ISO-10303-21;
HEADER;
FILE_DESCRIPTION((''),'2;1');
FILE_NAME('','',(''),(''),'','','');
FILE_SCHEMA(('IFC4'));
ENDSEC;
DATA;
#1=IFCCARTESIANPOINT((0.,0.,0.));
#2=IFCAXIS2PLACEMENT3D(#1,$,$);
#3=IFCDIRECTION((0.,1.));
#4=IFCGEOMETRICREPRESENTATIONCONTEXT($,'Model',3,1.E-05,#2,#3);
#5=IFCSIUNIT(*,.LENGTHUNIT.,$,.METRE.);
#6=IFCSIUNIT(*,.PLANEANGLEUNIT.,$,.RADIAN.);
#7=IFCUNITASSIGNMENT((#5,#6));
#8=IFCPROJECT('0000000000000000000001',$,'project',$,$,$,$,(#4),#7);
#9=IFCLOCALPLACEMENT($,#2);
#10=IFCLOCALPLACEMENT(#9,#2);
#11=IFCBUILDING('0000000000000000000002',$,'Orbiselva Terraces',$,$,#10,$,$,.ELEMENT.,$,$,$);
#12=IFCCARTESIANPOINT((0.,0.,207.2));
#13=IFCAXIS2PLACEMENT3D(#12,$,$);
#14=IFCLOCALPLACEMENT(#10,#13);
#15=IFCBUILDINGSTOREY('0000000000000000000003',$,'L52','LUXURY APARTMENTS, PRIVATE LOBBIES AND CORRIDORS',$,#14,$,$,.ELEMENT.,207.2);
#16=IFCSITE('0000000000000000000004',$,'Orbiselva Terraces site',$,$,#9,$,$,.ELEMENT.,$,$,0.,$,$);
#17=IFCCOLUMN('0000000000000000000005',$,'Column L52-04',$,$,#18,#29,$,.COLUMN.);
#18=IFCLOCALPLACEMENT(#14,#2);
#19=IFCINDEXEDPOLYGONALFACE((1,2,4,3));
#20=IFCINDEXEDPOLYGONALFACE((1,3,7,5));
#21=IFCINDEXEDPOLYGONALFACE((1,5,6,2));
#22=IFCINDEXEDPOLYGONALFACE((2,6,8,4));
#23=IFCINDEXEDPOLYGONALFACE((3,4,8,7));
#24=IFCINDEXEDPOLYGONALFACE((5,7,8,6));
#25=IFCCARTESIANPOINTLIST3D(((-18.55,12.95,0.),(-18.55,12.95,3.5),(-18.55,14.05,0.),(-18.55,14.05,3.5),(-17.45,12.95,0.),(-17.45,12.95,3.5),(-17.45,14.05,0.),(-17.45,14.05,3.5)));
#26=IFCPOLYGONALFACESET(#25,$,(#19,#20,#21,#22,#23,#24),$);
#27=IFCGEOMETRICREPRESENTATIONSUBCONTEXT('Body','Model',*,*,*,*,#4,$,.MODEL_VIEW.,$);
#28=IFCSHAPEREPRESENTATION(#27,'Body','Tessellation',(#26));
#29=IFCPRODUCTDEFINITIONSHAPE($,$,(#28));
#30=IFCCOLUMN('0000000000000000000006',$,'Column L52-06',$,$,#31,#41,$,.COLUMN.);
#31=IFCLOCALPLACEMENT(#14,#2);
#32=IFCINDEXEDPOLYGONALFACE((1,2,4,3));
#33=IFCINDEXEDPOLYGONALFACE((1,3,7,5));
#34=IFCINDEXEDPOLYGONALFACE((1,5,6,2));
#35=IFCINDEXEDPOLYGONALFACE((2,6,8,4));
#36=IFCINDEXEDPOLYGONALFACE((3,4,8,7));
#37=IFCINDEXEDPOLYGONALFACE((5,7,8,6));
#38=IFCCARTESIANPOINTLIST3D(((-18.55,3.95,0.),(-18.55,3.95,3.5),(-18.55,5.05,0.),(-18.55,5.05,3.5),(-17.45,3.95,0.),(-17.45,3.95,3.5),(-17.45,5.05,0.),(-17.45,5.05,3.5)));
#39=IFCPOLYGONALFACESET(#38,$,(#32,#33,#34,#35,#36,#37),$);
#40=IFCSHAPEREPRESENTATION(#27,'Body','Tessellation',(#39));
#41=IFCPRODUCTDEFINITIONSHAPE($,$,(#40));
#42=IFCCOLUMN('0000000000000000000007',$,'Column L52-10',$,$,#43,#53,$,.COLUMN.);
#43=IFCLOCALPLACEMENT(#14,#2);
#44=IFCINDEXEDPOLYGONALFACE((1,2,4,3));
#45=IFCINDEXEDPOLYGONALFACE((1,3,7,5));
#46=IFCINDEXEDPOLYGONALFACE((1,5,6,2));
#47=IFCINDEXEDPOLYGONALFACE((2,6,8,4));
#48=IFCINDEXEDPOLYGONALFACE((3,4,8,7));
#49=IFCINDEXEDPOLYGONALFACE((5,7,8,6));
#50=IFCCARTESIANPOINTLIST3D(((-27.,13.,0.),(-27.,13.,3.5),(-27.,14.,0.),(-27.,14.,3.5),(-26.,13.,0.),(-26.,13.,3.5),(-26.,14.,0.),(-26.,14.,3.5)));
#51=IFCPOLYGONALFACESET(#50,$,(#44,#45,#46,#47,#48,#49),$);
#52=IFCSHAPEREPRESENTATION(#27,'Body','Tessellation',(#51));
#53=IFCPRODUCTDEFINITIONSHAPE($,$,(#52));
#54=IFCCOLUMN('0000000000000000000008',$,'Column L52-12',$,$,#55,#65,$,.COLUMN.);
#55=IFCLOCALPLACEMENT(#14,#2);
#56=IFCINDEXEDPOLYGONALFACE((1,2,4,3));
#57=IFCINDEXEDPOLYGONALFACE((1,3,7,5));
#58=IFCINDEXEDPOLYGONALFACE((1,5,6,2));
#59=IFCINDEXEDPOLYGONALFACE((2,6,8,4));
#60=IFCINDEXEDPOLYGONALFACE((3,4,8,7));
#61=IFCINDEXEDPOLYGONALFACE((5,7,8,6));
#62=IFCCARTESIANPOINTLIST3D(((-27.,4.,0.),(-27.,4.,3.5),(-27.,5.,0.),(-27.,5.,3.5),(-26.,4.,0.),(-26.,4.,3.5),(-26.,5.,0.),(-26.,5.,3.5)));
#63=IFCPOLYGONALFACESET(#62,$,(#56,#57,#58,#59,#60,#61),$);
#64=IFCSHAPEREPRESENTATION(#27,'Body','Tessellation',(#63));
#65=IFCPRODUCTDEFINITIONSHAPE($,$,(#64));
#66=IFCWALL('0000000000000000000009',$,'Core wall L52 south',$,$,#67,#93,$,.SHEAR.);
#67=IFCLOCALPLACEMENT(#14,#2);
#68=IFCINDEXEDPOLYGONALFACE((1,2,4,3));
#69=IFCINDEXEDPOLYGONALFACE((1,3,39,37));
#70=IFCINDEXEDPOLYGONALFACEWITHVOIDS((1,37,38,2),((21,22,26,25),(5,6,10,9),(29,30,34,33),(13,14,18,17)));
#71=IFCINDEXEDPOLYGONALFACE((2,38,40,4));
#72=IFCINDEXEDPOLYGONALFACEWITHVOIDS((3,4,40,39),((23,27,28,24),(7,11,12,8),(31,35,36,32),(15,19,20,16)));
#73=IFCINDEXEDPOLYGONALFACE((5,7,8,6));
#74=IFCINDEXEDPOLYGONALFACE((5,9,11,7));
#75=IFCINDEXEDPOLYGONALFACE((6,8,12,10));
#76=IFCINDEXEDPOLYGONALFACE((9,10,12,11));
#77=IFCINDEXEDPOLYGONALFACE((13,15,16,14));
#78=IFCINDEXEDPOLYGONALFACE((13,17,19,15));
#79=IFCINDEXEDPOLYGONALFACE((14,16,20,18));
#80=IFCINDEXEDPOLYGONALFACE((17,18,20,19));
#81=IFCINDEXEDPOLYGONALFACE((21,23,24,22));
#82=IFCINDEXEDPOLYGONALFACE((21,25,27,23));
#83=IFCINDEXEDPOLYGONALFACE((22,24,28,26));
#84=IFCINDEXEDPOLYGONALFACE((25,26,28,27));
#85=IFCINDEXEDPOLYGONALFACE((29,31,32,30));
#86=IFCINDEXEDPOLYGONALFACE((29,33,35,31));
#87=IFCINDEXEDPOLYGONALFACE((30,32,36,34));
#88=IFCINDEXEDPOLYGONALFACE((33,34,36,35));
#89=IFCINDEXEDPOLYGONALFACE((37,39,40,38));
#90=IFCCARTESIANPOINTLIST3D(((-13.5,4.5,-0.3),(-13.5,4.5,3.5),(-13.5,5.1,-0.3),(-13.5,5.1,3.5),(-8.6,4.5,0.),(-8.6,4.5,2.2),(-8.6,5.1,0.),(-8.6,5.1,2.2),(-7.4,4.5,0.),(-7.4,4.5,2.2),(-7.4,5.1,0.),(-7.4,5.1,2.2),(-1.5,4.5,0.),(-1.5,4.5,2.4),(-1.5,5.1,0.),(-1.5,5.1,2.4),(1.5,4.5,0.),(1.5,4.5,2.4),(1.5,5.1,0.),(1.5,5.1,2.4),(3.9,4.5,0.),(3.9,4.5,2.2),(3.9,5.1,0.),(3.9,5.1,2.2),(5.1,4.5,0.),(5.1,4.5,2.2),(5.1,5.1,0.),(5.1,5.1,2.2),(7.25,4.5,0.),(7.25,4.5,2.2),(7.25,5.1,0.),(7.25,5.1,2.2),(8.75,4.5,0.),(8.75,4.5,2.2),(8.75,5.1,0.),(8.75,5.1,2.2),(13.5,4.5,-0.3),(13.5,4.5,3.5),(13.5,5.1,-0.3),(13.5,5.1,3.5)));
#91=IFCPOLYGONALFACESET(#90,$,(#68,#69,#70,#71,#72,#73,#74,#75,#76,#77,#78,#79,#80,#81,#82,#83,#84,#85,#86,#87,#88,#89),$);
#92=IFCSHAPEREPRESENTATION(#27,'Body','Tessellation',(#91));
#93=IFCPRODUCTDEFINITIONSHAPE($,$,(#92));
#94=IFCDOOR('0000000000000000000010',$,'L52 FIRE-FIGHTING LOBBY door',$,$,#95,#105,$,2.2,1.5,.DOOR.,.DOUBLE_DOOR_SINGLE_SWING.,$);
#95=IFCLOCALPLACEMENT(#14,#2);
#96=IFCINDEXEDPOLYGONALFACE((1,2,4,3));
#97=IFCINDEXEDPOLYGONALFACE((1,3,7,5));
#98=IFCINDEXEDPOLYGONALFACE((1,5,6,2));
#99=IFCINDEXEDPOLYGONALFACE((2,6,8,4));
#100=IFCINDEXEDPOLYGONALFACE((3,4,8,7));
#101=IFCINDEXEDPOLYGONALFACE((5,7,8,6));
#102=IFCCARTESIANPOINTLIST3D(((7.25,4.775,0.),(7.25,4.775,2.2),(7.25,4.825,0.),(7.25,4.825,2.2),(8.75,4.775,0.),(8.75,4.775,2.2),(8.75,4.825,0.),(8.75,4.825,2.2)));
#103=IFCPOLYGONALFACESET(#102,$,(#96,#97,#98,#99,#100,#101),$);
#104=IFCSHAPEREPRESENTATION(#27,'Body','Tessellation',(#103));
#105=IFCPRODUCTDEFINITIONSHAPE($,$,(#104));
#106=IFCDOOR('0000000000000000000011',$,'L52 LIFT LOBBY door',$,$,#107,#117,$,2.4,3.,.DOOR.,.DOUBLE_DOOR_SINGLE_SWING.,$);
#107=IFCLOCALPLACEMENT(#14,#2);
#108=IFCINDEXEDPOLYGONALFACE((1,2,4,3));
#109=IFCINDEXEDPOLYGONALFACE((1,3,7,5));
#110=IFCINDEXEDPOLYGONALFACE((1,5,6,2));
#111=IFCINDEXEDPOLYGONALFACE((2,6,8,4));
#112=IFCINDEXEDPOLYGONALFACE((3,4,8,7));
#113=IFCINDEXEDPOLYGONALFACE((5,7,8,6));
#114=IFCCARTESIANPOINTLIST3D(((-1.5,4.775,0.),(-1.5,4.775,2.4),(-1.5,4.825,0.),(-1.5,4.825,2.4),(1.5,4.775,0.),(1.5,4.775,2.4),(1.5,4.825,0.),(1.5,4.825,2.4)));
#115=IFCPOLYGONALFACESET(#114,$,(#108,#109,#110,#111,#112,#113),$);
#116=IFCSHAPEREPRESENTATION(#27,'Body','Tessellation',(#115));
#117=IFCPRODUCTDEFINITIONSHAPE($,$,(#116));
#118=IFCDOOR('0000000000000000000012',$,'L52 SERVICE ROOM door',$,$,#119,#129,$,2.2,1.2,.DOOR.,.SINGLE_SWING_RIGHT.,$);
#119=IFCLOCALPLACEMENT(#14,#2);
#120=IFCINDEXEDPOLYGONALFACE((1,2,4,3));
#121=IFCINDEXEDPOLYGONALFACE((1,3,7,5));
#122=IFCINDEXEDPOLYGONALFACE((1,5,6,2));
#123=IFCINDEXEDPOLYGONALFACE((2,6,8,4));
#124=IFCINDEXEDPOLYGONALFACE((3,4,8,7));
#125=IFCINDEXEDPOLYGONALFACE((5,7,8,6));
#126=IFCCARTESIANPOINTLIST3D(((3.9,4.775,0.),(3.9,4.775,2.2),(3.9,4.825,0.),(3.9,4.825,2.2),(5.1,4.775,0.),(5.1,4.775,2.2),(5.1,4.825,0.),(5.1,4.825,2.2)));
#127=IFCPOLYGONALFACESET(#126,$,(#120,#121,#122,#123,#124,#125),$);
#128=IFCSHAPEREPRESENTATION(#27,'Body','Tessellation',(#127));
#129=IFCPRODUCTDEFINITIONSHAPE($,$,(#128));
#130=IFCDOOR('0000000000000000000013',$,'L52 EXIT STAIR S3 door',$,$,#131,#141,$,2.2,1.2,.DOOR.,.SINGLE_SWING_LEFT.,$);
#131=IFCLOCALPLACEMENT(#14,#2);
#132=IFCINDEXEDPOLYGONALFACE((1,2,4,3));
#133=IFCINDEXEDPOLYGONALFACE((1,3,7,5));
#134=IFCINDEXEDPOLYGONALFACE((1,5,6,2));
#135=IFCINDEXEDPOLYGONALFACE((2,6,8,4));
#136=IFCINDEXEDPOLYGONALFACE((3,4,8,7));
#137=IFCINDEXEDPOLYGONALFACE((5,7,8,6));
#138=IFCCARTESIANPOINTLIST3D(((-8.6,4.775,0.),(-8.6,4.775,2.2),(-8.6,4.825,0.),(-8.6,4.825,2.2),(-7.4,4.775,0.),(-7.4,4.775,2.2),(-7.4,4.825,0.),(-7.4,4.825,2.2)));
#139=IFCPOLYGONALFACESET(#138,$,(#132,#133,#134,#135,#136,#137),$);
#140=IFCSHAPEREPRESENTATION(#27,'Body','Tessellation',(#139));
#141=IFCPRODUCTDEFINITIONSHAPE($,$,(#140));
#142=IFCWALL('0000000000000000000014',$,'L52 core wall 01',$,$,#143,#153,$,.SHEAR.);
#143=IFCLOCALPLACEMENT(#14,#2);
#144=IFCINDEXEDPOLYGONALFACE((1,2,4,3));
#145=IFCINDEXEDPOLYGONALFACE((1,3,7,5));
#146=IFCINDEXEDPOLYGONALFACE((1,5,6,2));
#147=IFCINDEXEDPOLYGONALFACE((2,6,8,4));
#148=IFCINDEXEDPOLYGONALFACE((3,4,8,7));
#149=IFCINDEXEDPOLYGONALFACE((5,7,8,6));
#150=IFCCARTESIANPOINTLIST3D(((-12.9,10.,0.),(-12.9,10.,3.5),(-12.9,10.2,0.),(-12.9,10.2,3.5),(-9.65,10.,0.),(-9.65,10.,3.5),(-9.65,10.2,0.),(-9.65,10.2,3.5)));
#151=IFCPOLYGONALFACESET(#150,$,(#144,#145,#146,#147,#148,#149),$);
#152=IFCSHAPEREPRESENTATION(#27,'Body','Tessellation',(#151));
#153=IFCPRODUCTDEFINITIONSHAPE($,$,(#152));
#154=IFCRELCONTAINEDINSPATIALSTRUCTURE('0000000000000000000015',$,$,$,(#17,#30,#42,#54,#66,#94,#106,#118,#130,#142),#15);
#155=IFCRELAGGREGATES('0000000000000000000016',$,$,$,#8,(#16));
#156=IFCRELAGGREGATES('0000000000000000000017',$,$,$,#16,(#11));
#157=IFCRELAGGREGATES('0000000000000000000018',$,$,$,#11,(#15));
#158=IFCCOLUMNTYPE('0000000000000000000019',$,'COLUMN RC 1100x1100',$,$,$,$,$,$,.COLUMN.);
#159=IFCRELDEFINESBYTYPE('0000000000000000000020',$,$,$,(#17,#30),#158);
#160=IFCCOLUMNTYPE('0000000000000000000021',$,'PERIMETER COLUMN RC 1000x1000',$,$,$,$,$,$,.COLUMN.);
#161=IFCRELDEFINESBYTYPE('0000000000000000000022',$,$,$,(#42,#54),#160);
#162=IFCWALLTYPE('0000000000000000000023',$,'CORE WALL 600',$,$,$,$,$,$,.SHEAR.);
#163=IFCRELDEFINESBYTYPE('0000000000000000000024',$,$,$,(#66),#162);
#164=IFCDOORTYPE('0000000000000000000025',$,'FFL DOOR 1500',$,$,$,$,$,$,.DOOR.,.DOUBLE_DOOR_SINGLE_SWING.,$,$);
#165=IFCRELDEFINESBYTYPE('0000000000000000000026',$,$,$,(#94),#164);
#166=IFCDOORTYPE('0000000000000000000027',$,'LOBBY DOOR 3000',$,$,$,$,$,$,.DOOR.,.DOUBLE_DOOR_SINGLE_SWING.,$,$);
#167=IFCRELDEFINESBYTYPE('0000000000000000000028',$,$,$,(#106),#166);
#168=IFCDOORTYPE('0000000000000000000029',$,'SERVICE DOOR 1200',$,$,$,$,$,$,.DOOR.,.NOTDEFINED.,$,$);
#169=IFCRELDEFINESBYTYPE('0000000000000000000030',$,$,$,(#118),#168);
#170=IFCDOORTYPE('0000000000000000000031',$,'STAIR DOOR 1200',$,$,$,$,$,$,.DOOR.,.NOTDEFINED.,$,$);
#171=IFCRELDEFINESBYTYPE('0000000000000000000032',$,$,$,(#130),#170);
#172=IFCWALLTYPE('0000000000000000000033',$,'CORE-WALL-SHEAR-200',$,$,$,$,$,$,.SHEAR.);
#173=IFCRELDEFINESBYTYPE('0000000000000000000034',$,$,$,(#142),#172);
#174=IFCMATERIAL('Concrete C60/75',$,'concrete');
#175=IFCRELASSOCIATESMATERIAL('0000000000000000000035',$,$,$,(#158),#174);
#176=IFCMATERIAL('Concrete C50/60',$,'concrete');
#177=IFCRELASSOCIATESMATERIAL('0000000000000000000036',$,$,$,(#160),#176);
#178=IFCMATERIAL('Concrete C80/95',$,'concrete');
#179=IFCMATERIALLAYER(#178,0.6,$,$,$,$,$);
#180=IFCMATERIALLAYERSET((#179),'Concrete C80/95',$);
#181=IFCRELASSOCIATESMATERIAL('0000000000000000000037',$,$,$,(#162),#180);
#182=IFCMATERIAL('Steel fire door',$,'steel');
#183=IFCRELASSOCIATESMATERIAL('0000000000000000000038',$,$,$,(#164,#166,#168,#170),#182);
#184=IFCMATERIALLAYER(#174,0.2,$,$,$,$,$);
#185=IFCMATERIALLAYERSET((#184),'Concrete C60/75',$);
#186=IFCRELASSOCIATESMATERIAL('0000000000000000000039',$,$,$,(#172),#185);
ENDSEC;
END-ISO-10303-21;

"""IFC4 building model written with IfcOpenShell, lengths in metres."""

from ifc_helpers import new_model, si_unit, direction, frame, frame_2d, origin, origin_2d, place, context, subcontext, project, spatial, rectangle, extrude, material, layer, layer_set, material_profile, profile_set, type_object, element, fill, save


model = new_model("IFC4")

# Units and contexts
model_context = context("Model", 3, precision=1e-05, world=origin(), true_north=direction((0.0, 1.0)))
body_context = subcontext(model_context, "Body", "Model", "MODEL_VIEW")
ifc_project = project(units=[si_unit("LENGTHUNIT", "METRE"), si_unit("PLANEANGLEUNIT", "RADIAN")], contexts=[model_context])

# Site, building, storey
site_placement = place(None, origin())
site = spatial("IfcSite", under=ifc_project, at=site_placement, Name="Orbiselva Terraces site", CompositionType="ELEMENT", RefElevation=0.0)
building_placement = place(site_placement, origin())
building = spatial("IfcBuilding", under=site, at=building_placement, Name="Orbiselva Terraces", CompositionType="ELEMENT")
storey_placement = place(building_placement, frame((0.0, 0.0, 207.2)))
storey = spatial("IfcBuildingStorey", under=building, at=storey_placement, Name="L52", Description="LUXURY APARTMENTS, PRIVATE LOBBIES AND CORRIDORS", CompositionType="ELEMENT", Elevation=207.2)

# Columns
ifc_material_1 = material(Name="Concrete C60/75", Category="concrete")
ifc_material_profile_1 = material_profile(ifc_material_1, rectangle(XDim=1.1, YDim=1.1, at=origin_2d()), Name="RC 1100x1100")
ifc_profile_set_1 = profile_set([ifc_material_profile_1], Name="Concrete C60/75")
column_type_1 = type_object("IfcColumnType", Name="COLUMN RC 1100x1100", PredefinedType="COLUMN", material=ifc_profile_set_1)
for number, where, z_axis, x_axis, name in (
    (1, (-18.0, 13.5, 0.0), (0.0, 0.0, 1.0), (1.0, 0.0, 0.0), "Column L52-04"),
    (2, (-18.0, 4.5, 0.0), (0.0, 0.0, 1.0), (1.0, 0.0, 0.0), "Column L52-06"),
):
    element("IfcColumn", number, at=place(storey_placement, frame(where, z_axis=z_axis, x_axis=x_axis)), inside=storey, type_object=column_type_1, Name=name, PredefinedType="COLUMN", context=body_context, shape_type="SweptSolid", body=[
        extrude(rectangle(XDim=1.1, YDim=1.1, at=origin_2d()), origin(), (0.0, 0.0, 1.0), 3.5),
    ])
ifc_material_2 = material(Name="Concrete C50/60", Category="concrete")
ifc_material_profile_2 = material_profile(ifc_material_2, rectangle(XDim=1.0, YDim=1.0, at=origin_2d()), Name="RC 1000x1000")
ifc_profile_set_2 = profile_set([ifc_material_profile_2], Name="Concrete C50/60")
column_type_2 = type_object("IfcColumnType", Name="PERIMETER COLUMN RC 1000x1000", PredefinedType="COLUMN", material=ifc_profile_set_2)
for number, where, z_axis, x_axis, name in (
    (3, (-26.5, 13.5, 0.0), (0.0, 0.0, 1.0), (1.0, 0.0, 0.0), "Column L52-10"),
    (4, (-26.5, 4.5, 0.0), (0.0, 0.0, 1.0), (1.0, 0.0, 0.0), "Column L52-12"),
):
    element("IfcColumn", number, at=place(storey_placement, frame(where, z_axis=z_axis, x_axis=x_axis)), inside=storey, type_object=column_type_2, Name=name, PredefinedType="COLUMN", context=body_context, shape_type="SweptSolid", body=[
        extrude(rectangle(XDim=1.0, YDim=1.0, at=origin_2d()), origin(), (0.0, 0.0, 1.0), 3.5),
    ])

# Wall, openings, doors
ifc_material_3 = material(Name="Concrete C80/95", Category="concrete")
ifc_layer_1 = layer(ifc_material_3, 0.6)
ifc_layer_set_1 = layer_set([ifc_layer_1], Name="Concrete C80/95")
wall_type_1 = type_object("IfcWallType", Name="CORE WALL 600", PredefinedType="SHEAR", material=ifc_layer_set_1)
wall_1_placement = place(storey_placement, frame((-13.5, 4.8, -0.3), z_axis=(0.0, 0.0, 1.0), x_axis=(1.0, 0.0, 0.0)))
wall_1 = element("IfcWall", 5, at=wall_1_placement, inside=storey, type_object=wall_type_1, Name="Core wall L52 south", PredefinedType="SHEAR", context=body_context, shape_type="SweptSolid", body=[
    extrude(rectangle(XDim=27.0, YDim=0.6, at=frame_2d((13.5, 0.0))), origin(), (0.0, 0.0, 1.0), 3.8),
])
opening_1_placement = place(wall_1_placement, frame((12.0, 0.0, 0.3)))
opening_1 = element("IfcOpeningElement", 6, at=opening_1_placement, cuts=wall_1, PredefinedType="OPENING", context=body_context, shape_type="SweptSolid", body=[
    extrude(rectangle(XDim=3.0, YDim=2.4, at=frame_2d((1.5, 1.2))), frame((0.0, 0.31, 0.0), z_axis=(0.0, -1.0, 0.0), x_axis=(1.0, 0.0, 0.0)), (0.0, 0.0, 1.0), 0.62),
])
opening_2_placement = place(wall_1_placement, frame((4.9, 0.0, 0.3)))
opening_2 = element("IfcOpeningElement", 7, at=opening_2_placement, cuts=wall_1, PredefinedType="OPENING", context=body_context, shape_type="SweptSolid", body=[
    extrude(rectangle(XDim=1.2, YDim=2.2, at=frame_2d((0.6, 1.1))), frame((0.0, 0.31, 0.0), z_axis=(0.0, -1.0, 0.0), x_axis=(1.0, 0.0, 0.0)), (0.0, 0.0, 1.0), 0.62),
])
opening_3_placement = place(wall_1_placement, frame((20.75, 0.0, 0.3)))
opening_3 = element("IfcOpeningElement", 8, at=opening_3_placement, cuts=wall_1, PredefinedType="OPENING", context=body_context, shape_type="SweptSolid", body=[
    extrude(rectangle(XDim=1.5, YDim=2.2, at=frame_2d((0.75, 1.1))), frame((0.0, 0.31, 0.0), z_axis=(0.0, -1.0, 0.0), x_axis=(1.0, 0.0, 0.0)), (0.0, 0.0, 1.0), 0.62),
])
opening_4_placement = place(wall_1_placement, frame((17.4, 0.0, 0.3)))
opening_4 = element("IfcOpeningElement", 9, at=opening_4_placement, cuts=wall_1, PredefinedType="OPENING", context=body_context, shape_type="SweptSolid", body=[
    extrude(rectangle(XDim=1.2, YDim=2.2, at=frame_2d((0.6, 1.1))), frame((0.0, 0.31, 0.0), z_axis=(0.0, -1.0, 0.0), x_axis=(1.0, 0.0, 0.0)), (0.0, 0.0, 1.0), 0.62),
])
ifc_material_4 = material(Name="Steel fire door", Category="steel")
door_type_1 = type_object("IfcDoorType", Name="FFL DOOR 1500", OperationType="DOUBLE_DOOR_SINGLE_SWING", PredefinedType="DOOR", material=ifc_material_4)
door_1_placement = place(opening_3_placement, frame((1.5, 0.0, 0.0), z_axis=(0.0, 0.0, 1.0), x_axis=(-1.0, 0.0, 0.0)))
door_1 = element("IfcDoor", 10, at=door_1_placement, inside=storey, type_object=door_type_1, Name="L52 FIRE-FIGHTING LOBBY door", OperationType="DOUBLE_DOOR_SINGLE_SWING", OverallHeight=2.2, OverallWidth=1.5, PredefinedType="DOOR", context=body_context, shape_type="SweptSolid", body=[
    extrude(rectangle(XDim=1.5, YDim=2.2, at=frame_2d((0.75, 1.1))), frame((0.0, 0.025, 0.0), z_axis=(0.0, -1.0, 0.0), x_axis=(1.0, 0.0, 0.0)), (0.0, 0.0, 1.0), 0.05),
])
fill(opening_3, door_1)
door_type_2 = type_object("IfcDoorType", Name="LOBBY DOOR 3000", OperationType="DOUBLE_DOOR_SINGLE_SWING", PredefinedType="DOOR", material=ifc_material_4)
door_2_placement = place(opening_1_placement, frame((3.0, 0.0, 0.0), z_axis=(0.0, 0.0, 1.0), x_axis=(-1.0, 0.0, 0.0)))
door_2 = element("IfcDoor", 11, at=door_2_placement, inside=storey, type_object=door_type_2, Name="L52 LIFT LOBBY door", OperationType="DOUBLE_DOOR_SINGLE_SWING", OverallHeight=2.4, OverallWidth=3.0, PredefinedType="DOOR", context=body_context, shape_type="SweptSolid", body=[
    extrude(rectangle(XDim=3.0, YDim=2.4, at=frame_2d((1.5, 1.2))), frame((0.0, 0.025, 0.0), z_axis=(0.0, -1.0, 0.0), x_axis=(1.0, 0.0, 0.0)), (0.0, 0.0, 1.0), 0.05),
])
fill(opening_1, door_2)
door_type_3 = type_object("IfcDoorType", Name="SERVICE DOOR 1200", OperationType="NOTDEFINED", PredefinedType="DOOR", material=ifc_material_4)
door_3_placement = place(opening_4_placement, frame((1.2, 0.0, 0.0), z_axis=(0.0, 0.0, 1.0), x_axis=(-1.0, 0.0, 0.0)))
door_3 = element("IfcDoor", 12, at=door_3_placement, inside=storey, type_object=door_type_3, Name="L52 SERVICE ROOM door", OperationType="SINGLE_SWING_RIGHT", OverallHeight=2.2, OverallWidth=1.2, PredefinedType="DOOR", context=body_context, shape_type="SweptSolid", body=[
    extrude(rectangle(XDim=1.2, YDim=2.2, at=frame_2d((0.6, 1.1))), frame((0.0, 0.025, 0.0), z_axis=(0.0, -1.0, 0.0), x_axis=(1.0, 0.0, 0.0)), (0.0, 0.0, 1.0), 0.05),
])
fill(opening_4, door_3)
door_type_4 = type_object("IfcDoorType", Name="STAIR DOOR 1200", OperationType="NOTDEFINED", PredefinedType="DOOR", material=ifc_material_4)
door_4_placement = place(opening_2_placement, frame((1.2, 0.0, 0.0), z_axis=(0.0, 0.0, 1.0), x_axis=(-1.0, 0.0, 0.0)))
door_4 = element("IfcDoor", 13, at=door_4_placement, inside=storey, type_object=door_type_4, Name="L52 EXIT STAIR S3 door", OperationType="SINGLE_SWING_LEFT", OverallHeight=2.2, OverallWidth=1.2, PredefinedType="DOOR", context=body_context, shape_type="SweptSolid", body=[
    extrude(rectangle(XDim=1.2, YDim=2.2, at=frame_2d((0.6, 1.1))), frame((0.0, 0.025, 0.0), z_axis=(0.0, -1.0, 0.0), x_axis=(1.0, 0.0, 0.0)), (0.0, 0.0, 1.0), 0.05),
])
fill(opening_2, door_4)

# Wall
ifc_layer_2 = layer(ifc_material_1, 0.2)
ifc_layer_set_2 = layer_set([ifc_layer_2], Name="Concrete C60/75")
wall_type_2 = type_object("IfcWallType", Name="CORE-WALL-SHEAR-200", PredefinedType="SHEAR", material=ifc_layer_set_2)
wall_2_placement = place(storey_placement, frame((-12.9, 10.1, 0.0), z_axis=(0.0, 0.0, 1.0), x_axis=(1.0, 0.0, 0.0)))
element("IfcWall", 14, at=wall_2_placement, inside=storey, type_object=wall_type_2, Name="L52 core wall 01", PredefinedType="SHEAR", context=body_context, shape_type="SweptSolid", body=[
    extrude(rectangle(XDim=3.25, YDim=0.2, at=frame_2d((1.625, 0.0))), origin(), (0.0, 0.0, 1.0), 3.5),
])

save(model, "model.ifc")
